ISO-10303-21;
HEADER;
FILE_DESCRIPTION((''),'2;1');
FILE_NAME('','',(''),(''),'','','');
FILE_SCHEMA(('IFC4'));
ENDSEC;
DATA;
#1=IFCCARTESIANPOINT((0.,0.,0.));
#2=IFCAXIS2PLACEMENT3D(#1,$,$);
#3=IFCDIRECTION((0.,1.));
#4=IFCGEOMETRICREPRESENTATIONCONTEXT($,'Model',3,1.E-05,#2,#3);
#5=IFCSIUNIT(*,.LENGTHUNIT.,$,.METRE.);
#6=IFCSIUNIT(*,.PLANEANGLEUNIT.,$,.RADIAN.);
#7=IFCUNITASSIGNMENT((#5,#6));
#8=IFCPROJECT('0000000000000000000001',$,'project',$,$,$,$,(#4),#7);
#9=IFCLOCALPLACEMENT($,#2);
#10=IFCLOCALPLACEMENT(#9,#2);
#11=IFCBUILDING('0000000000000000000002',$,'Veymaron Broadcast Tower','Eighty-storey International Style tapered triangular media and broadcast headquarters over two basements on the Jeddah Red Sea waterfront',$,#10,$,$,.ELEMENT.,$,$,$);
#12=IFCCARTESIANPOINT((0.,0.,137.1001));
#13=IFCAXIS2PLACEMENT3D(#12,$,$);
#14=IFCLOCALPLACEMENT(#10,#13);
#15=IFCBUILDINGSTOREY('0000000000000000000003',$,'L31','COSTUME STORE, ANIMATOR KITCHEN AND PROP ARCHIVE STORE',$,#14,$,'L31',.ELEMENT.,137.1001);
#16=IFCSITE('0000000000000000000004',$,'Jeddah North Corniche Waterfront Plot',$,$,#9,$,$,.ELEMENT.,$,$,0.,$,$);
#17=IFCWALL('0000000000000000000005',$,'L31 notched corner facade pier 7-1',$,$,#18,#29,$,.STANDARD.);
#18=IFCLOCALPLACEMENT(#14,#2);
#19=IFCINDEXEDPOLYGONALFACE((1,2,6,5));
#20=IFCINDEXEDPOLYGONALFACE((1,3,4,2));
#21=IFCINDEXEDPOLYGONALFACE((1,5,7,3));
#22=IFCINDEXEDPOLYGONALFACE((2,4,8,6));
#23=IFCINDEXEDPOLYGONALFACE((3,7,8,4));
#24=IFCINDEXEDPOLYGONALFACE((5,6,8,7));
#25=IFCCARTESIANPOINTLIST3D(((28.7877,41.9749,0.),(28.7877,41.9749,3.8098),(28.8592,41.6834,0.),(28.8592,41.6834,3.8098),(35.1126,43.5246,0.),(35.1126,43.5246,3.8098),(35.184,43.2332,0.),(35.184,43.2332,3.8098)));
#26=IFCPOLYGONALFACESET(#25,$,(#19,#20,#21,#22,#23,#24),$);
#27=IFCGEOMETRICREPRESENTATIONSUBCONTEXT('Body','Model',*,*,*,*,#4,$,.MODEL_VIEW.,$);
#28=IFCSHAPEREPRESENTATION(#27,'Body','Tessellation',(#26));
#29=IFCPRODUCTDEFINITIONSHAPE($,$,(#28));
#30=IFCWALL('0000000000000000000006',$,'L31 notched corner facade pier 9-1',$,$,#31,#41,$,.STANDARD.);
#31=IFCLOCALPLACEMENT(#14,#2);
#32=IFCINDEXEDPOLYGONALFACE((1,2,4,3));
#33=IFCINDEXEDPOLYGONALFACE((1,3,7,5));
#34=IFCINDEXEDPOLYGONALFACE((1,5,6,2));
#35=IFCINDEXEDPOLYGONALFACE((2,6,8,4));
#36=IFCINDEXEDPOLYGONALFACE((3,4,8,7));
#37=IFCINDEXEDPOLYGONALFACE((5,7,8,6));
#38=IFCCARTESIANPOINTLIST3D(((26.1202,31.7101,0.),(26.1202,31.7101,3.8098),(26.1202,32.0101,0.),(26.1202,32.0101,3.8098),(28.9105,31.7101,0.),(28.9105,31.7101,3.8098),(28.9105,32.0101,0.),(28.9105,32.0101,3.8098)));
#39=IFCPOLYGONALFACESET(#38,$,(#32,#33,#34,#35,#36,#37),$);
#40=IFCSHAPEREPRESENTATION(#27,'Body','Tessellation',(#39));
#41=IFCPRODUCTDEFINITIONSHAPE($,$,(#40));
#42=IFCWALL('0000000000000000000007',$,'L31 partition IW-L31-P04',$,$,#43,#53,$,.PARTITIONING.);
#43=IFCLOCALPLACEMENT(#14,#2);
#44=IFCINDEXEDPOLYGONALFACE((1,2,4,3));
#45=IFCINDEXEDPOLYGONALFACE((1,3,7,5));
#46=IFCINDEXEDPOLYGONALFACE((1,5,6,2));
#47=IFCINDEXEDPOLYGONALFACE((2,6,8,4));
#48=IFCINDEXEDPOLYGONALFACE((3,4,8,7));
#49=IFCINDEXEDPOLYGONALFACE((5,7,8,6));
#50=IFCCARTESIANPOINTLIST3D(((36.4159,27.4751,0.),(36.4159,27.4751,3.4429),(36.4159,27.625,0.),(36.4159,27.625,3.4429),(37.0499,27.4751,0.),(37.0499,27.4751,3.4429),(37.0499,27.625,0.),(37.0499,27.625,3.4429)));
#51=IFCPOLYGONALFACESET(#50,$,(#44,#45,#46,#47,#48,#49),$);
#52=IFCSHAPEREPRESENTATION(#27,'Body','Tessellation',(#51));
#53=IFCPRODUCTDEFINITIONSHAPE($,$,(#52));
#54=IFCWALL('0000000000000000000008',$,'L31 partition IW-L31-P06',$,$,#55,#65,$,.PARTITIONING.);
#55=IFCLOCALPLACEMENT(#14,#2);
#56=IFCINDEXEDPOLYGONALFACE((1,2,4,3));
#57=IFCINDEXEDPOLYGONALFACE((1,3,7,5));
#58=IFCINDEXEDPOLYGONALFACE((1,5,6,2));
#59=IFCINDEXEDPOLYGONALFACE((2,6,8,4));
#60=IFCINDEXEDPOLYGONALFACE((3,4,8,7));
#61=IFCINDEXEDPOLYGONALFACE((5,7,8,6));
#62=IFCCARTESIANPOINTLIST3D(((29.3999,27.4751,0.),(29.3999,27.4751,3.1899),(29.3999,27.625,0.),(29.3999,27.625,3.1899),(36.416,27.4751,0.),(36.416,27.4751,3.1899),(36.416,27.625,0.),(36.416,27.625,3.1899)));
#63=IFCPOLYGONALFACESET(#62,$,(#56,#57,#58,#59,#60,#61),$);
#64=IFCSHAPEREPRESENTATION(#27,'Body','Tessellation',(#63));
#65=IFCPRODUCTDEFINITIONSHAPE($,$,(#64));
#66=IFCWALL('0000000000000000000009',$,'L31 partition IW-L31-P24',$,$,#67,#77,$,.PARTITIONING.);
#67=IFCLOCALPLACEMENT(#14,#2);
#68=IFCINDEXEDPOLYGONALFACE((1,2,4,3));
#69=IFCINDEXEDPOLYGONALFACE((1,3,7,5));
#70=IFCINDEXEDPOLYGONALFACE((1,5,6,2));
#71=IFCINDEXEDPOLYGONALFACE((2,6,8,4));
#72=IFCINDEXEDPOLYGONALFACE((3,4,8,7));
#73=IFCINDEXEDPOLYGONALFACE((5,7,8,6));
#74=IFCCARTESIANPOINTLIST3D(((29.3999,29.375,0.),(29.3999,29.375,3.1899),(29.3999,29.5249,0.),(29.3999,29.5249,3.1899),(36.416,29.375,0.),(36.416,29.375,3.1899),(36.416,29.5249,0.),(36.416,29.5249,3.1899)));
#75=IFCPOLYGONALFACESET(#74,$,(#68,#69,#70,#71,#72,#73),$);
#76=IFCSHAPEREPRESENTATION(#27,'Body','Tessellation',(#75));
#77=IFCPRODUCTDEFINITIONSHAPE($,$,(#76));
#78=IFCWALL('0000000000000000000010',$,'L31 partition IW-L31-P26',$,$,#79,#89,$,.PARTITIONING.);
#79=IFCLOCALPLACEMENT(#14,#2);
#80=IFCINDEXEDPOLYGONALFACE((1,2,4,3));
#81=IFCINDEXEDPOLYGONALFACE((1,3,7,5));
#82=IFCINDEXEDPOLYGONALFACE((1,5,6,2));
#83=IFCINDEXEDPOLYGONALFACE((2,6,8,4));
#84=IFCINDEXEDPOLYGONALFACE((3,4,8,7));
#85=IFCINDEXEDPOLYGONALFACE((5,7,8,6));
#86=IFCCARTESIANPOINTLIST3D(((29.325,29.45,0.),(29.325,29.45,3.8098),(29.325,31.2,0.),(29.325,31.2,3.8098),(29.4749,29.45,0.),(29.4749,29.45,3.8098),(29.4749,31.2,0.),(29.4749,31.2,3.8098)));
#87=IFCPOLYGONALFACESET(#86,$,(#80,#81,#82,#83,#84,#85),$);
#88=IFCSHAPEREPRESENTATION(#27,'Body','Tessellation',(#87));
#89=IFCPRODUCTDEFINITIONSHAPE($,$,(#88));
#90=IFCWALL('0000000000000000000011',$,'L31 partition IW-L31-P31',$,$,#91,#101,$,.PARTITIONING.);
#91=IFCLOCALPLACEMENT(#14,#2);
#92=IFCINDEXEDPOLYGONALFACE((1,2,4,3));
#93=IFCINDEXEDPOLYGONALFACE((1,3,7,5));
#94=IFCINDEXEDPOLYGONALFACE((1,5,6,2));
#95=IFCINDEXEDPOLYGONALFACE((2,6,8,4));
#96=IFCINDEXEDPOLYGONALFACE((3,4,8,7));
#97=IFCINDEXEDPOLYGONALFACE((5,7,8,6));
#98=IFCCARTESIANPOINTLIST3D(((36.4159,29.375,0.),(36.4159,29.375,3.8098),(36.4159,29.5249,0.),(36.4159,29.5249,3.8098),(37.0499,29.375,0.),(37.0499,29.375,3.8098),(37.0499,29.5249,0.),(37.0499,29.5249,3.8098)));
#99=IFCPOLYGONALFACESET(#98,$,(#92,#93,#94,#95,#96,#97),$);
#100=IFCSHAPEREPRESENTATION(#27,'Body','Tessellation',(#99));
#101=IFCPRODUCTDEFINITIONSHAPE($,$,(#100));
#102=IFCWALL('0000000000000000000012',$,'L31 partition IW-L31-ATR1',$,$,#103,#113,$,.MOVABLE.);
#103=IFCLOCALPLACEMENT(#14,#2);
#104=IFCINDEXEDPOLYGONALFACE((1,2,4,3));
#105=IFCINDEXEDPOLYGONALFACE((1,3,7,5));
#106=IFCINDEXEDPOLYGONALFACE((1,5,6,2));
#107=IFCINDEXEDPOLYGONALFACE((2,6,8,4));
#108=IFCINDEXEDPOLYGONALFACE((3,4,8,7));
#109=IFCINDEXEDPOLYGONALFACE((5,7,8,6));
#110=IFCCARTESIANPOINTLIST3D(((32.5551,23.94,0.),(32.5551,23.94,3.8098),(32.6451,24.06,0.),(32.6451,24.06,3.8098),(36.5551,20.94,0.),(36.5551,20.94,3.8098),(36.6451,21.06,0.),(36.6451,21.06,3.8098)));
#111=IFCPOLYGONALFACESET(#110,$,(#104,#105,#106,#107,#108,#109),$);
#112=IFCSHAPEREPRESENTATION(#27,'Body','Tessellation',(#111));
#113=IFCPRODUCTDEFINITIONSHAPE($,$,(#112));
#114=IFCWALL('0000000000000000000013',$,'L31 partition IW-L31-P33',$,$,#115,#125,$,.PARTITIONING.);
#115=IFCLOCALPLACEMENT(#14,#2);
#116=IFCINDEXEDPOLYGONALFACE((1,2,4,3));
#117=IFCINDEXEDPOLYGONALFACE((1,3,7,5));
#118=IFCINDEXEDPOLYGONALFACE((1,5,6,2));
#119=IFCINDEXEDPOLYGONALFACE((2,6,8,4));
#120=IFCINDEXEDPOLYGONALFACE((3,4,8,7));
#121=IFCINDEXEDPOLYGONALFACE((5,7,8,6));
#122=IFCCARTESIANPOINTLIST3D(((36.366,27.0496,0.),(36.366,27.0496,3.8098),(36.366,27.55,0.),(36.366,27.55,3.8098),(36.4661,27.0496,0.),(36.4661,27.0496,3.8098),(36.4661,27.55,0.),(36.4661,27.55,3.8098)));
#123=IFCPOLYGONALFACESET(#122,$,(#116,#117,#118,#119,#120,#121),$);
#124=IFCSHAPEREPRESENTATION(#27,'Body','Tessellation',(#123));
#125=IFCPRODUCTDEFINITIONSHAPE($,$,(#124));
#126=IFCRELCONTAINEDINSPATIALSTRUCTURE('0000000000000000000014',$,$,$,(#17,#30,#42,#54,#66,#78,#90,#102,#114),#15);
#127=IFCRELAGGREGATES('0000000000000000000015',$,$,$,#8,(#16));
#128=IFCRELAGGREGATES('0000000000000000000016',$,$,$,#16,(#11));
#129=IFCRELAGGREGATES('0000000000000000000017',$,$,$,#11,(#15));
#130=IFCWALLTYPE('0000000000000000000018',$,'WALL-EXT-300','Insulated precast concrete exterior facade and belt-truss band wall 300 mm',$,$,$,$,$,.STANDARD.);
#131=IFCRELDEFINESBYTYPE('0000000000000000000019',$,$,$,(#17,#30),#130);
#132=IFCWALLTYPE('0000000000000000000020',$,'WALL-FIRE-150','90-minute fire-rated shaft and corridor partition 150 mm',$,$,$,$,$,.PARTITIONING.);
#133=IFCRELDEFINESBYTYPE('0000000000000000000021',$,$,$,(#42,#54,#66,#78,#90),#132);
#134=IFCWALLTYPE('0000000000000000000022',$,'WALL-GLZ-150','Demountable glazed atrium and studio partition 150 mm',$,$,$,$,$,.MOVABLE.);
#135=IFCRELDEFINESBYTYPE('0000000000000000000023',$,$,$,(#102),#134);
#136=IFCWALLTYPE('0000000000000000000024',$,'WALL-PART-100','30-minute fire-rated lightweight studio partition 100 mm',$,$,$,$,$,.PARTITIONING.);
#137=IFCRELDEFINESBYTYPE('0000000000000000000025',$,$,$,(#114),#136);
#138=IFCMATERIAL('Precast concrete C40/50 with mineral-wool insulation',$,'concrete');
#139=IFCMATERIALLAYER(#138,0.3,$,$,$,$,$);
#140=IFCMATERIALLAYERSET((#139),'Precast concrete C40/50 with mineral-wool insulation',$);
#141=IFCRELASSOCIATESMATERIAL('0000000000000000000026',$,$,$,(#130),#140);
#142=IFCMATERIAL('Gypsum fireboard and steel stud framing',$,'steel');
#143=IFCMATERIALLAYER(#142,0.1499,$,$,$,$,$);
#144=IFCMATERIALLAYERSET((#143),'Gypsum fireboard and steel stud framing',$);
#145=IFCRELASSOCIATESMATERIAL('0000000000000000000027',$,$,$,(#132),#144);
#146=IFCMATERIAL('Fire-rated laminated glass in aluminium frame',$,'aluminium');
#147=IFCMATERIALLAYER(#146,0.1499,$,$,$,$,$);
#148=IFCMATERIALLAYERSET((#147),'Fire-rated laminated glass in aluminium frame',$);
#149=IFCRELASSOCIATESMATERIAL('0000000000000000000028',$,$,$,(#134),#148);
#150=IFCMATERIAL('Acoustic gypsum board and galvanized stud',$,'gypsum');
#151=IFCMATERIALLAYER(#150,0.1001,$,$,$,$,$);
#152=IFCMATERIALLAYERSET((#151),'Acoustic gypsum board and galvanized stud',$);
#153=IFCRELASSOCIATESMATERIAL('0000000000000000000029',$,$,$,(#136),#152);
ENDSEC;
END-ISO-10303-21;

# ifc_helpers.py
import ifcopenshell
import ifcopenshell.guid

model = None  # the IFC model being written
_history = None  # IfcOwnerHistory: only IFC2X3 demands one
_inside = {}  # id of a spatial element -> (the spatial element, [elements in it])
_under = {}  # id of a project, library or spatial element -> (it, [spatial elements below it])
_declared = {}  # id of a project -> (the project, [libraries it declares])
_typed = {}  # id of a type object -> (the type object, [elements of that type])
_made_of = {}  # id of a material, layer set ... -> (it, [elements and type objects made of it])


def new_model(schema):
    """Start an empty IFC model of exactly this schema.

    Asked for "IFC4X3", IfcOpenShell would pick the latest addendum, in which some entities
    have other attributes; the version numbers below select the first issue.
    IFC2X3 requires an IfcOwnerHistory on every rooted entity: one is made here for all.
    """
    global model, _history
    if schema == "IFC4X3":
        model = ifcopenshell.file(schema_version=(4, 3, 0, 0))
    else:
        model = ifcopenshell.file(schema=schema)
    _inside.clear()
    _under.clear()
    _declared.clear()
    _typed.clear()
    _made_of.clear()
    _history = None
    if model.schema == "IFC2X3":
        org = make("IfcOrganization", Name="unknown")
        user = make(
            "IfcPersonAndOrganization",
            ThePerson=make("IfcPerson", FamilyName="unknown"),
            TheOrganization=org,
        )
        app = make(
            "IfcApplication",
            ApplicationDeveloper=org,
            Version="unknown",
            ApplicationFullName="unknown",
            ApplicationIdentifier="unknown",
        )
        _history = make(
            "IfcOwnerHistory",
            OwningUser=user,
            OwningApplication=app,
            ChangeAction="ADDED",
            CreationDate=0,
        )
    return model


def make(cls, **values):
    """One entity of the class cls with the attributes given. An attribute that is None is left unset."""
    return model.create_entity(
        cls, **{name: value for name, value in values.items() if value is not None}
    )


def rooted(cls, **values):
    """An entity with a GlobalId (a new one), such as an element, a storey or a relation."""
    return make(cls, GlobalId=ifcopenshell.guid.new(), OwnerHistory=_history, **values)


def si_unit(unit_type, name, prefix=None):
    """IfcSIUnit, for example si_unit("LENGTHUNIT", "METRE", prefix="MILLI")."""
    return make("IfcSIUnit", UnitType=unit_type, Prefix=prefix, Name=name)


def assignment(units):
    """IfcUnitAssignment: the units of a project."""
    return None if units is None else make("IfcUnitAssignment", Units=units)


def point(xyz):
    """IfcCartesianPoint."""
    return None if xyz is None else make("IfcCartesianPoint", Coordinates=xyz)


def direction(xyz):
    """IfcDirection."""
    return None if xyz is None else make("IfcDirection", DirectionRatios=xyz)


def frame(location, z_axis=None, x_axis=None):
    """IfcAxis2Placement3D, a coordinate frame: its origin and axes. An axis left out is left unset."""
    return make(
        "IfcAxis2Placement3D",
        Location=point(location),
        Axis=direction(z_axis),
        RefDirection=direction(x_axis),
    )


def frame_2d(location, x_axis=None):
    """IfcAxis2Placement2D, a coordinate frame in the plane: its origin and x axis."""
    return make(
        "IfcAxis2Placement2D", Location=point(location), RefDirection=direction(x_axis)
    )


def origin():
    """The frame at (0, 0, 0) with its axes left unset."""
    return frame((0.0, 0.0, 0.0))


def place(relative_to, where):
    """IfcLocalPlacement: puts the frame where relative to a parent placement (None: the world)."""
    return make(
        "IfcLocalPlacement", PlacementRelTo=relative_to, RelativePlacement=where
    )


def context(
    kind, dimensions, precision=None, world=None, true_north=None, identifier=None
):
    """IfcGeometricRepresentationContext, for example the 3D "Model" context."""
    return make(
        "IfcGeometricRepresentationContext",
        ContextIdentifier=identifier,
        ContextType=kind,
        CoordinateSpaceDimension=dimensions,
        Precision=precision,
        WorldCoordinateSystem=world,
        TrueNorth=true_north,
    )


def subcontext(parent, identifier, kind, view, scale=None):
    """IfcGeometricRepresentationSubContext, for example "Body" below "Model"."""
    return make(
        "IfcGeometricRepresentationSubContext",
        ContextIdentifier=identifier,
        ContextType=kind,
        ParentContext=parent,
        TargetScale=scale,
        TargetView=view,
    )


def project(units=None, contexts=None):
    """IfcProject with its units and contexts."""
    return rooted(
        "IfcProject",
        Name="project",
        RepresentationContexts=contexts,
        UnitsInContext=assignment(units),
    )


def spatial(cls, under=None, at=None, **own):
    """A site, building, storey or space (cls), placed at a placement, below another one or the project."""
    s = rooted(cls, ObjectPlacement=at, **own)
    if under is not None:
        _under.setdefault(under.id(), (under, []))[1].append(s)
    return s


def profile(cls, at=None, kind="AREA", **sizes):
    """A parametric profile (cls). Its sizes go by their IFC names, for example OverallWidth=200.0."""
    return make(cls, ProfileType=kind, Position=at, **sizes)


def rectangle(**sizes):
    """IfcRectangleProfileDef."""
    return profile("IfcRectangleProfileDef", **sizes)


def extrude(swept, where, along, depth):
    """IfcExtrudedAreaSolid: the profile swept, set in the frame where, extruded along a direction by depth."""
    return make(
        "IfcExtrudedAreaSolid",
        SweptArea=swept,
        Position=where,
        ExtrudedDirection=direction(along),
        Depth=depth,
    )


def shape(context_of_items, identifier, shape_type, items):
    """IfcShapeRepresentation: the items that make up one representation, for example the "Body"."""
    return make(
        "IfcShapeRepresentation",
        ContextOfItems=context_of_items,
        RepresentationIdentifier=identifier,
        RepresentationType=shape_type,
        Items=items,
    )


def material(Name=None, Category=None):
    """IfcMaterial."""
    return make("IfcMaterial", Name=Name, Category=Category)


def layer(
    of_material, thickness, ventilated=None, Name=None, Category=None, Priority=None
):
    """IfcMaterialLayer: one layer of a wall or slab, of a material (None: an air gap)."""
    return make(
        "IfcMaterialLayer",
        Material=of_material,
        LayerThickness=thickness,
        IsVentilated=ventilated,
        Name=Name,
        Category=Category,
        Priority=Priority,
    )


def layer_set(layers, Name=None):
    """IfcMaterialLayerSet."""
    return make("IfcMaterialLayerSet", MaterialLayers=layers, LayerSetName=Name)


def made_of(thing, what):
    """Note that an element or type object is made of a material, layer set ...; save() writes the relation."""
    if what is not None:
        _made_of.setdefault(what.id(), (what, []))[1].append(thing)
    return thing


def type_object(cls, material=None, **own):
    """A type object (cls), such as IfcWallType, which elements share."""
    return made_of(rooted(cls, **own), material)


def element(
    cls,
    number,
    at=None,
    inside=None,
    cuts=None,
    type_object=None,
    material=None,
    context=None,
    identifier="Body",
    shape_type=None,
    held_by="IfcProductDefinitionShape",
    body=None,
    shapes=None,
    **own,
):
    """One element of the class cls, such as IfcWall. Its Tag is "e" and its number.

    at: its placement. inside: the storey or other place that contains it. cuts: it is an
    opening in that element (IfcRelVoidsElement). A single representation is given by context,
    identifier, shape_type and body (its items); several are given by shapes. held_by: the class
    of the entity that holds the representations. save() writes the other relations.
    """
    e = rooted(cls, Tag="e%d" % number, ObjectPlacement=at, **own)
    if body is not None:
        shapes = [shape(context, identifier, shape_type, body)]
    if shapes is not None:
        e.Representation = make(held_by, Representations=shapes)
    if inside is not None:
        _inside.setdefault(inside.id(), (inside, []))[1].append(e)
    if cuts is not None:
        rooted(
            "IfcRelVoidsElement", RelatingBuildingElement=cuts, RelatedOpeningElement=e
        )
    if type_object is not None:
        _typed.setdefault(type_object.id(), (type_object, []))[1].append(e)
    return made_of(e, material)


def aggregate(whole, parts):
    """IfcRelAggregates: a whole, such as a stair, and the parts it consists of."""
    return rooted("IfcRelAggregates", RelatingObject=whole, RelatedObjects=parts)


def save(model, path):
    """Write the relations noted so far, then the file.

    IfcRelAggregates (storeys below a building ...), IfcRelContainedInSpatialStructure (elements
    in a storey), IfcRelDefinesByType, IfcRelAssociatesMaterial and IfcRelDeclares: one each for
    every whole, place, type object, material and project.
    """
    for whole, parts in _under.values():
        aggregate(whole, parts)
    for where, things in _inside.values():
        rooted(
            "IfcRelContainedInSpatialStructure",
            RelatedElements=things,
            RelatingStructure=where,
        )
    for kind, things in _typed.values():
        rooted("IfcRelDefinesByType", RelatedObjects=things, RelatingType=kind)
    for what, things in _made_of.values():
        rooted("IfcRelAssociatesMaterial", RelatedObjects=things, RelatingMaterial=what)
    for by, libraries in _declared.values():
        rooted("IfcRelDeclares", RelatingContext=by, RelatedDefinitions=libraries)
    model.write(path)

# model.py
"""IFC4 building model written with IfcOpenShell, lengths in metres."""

from ifc_helpers import new_model, si_unit, direction, frame, frame_2d, origin, place, context, subcontext, project, spatial, rectangle, extrude, material, layer, layer_set, type_object, element, save


model = new_model("IFC4")

# Units and contexts
model_context = context("Model", 3, precision=1e-05, world=origin(), true_north=direction((0.0, 1.0)))
body_context = subcontext(model_context, "Body", "Model", "MODEL_VIEW")
ifc_project = project(units=[si_unit("LENGTHUNIT", "METRE"), si_unit("PLANEANGLEUNIT", "RADIAN")], contexts=[model_context])

# Site, building, storey
site_placement = place(None, origin())
site = spatial("IfcSite", under=ifc_project, at=site_placement, Name="Jeddah North Corniche Waterfront Plot", CompositionType="ELEMENT", RefElevation=0.0)
building_placement = place(site_placement, origin())
building = spatial("IfcBuilding", under=site, at=building_placement, Name="Veymaron Broadcast Tower", Description="Eighty-storey International Style tapered triangular media and broadcast headquarters over two basements on the Jeddah Red Sea waterfront", CompositionType="ELEMENT")
storey_placement = place(building_placement, frame((0.0, 0.0, 137.1001)))
storey = spatial("IfcBuildingStorey", under=building, at=storey_placement, Name="L31", Description="COSTUME STORE, ANIMATOR KITCHEN AND PROP ARCHIVE STORE", LongName="L31", CompositionType="ELEMENT", Elevation=137.1001)

# Walls
ifc_material_1 = material(Name="Precast concrete C40/50 with mineral-wool insulation", Category="concrete")
ifc_layer_1 = layer(ifc_material_1, 0.3)
ifc_layer_set_1 = layer_set([ifc_layer_1], Name="Precast concrete C40/50 with mineral-wool insulation")
wall_type_1 = type_object("IfcWallType", Name="WALL-EXT-300", Description="Insulated precast concrete exterior facade and belt-truss band wall 300 mm", PredefinedType="STANDARD", material=ifc_layer_set_1)
wall_1_placement = place(storey_placement, frame((35.1482, 43.3789, 0.0), z_axis=(0.0, 0.0, 1.0), x_axis=(-0.971268, -0.23799, 0.0)))
element("IfcWall", 1, at=wall_1_placement, inside=storey, type_object=wall_type_1, Name="L31 notched corner facade pier 7-1", PredefinedType="STANDARD", context=body_context, shape_type="SweptSolid", body=[
    extrude(rectangle(XDim=6.512, YDim=0.3, at=frame_2d((3.2559, 0.0))), origin(), (0.0, 0.0, 1.0), 3.8098),
])
wall_2_placement = place(storey_placement, frame((28.9104, 31.8601, 0.0), z_axis=(0.0, 0.0, 1.0), x_axis=(-1.0, 0.0, 0.0)))
element("IfcWall", 2, at=wall_2_placement, inside=storey, type_object=wall_type_1, Name="L31 notched corner facade pier 9-1", PredefinedType="STANDARD", context=body_context, shape_type="SweptSolid", body=[
    extrude(rectangle(XDim=2.7903, YDim=0.3, at=frame_2d((1.395, 0.0))), origin(), (0.0, 0.0, 1.0), 3.8098),
])
ifc_material_2 = material(Name="Gypsum fireboard and steel stud framing", Category="steel")
ifc_layer_2 = layer(ifc_material_2, 0.1499)
ifc_layer_set_2 = layer_set([ifc_layer_2], Name="Gypsum fireboard and steel stud framing")
wall_type_2 = type_object("IfcWallType", Name="WALL-FIRE-150", Description="90-minute fire-rated shaft and corridor partition 150 mm", PredefinedType="PARTITIONING", material=ifc_layer_set_2)
wall_3_placement = place(storey_placement, frame((36.416, 27.55, 0.0), z_axis=(0.0, 0.0, 1.0), x_axis=(1.0, 0.0, 0.0)))
element("IfcWall", 3, at=wall_3_placement, inside=storey, type_object=wall_type_2, Name="L31 partition IW-L31-P04", PredefinedType="PARTITIONING", context=body_context, shape_type="SweptSolid", body=[
    extrude(rectangle(XDim=0.634, YDim=0.1499, at=frame_2d((0.3169, 0.0))), origin(), (0.0, 0.0, 1.0), 3.4429),
])
for number, where, z_axis, x_axis, name in (
    (4, (29.3999, 27.55, 0.0), (0.0, 0.0, 1.0), (1.0, 0.0, 0.0), "L31 partition IW-L31-P06"),
    (5, (29.3999, 29.45, 0.0), (0.0, 0.0, 1.0), (1.0, 0.0, 0.0), "L31 partition IW-L31-P24"),
):
    element("IfcWall", number, at=place(storey_placement, frame(where, z_axis=z_axis, x_axis=x_axis)), inside=storey, type_object=wall_type_2, Name=name, PredefinedType="PARTITIONING", context=body_context, shape_type="SweptSolid", body=[
        extrude(rectangle(XDim=7.0161, YDim=0.1499, at=frame_2d((3.5081, 0.0))), origin(), (0.0, 0.0, 1.0), 3.1899),
    ])
wall_4_placement = place(storey_placement, frame((29.3999, 29.45, 0.0), z_axis=(0.0, 0.0, 1.0), x_axis=(0.0, 1.0, 0.0)))
element("IfcWall", 6, at=wall_4_placement, inside=storey, type_object=wall_type_2, Name="L31 partition IW-L31-P26", PredefinedType="PARTITIONING", context=body_context, shape_type="SweptSolid", body=[
    extrude(rectangle(XDim=1.75, YDim=0.1499, at=frame_2d((0.875, 0.0))), origin(), (0.0, 0.0, 1.0), 3.8098),
])
wall_5_placement = place(storey_placement, frame((36.416, 29.45, 0.0), z_axis=(0.0, 0.0, 1.0), x_axis=(1.0, 0.0, 0.0)))
element("IfcWall", 7, at=wall_5_placement, inside=storey, type_object=wall_type_2, Name="L31 partition IW-L31-P31", PredefinedType="PARTITIONING", context=body_context, shape_type="SweptSolid", body=[
    extrude(rectangle(XDim=0.634, YDim=0.1499, at=frame_2d((0.3169, 0.0))), origin(), (0.0, 0.0, 1.0), 3.8098),
])
ifc_material_3 = material(Name="Fire-rated laminated glass in aluminium frame", Category="aluminium")
ifc_layer_3 = layer(ifc_material_3, 0.1499)
ifc_layer_set_3 = layer_set([ifc_layer_3], Name="Fire-rated laminated glass in aluminium frame")
wall_type_3 = type_object("IfcWallType", Name="WALL-GLZ-150", Description="Demountable glazed atrium and studio partition 150 mm", PredefinedType="MOVABLE", material=ifc_layer_set_3)
wall_6_placement = place(storey_placement, frame((32.6001, 24.0, 0.0), z_axis=(0.0, 0.0, 1.0), x_axis=(0.8, -0.6, 0.0)))
element("IfcWall", 8, at=wall_6_placement, inside=storey, type_object=wall_type_3, Name="L31 partition IW-L31-ATR1", PredefinedType="MOVABLE", context=body_context, shape_type="SweptSolid", body=[
    extrude(rectangle(XDim=5.0, YDim=0.1499, at=frame_2d((2.5, 0.0))), origin(), (0.0, 0.0, 1.0), 3.8098),
])
ifc_material_4 = material(Name="Acoustic gypsum board and galvanized stud", Category="gypsum")
ifc_layer_4 = layer(ifc_material_4, 0.1001)
ifc_layer_set_4 = layer_set([ifc_layer_4], Name="Acoustic gypsum board and galvanized stud")
wall_type_4 = type_object("IfcWallType", Name="WALL-PART-100", Description="30-minute fire-rated lightweight studio partition 100 mm", PredefinedType="PARTITIONING", material=ifc_layer_set_4)
wall_7_placement = place(storey_placement, frame((36.416, 27.0496, 0.0), z_axis=(0.0, 0.0, 1.0), x_axis=(0.0, 1.0, 0.0)))
element("IfcWall", 9, at=wall_7_placement, inside=storey, type_object=wall_type_4, Name="L31 partition IW-L31-P33", PredefinedType="PARTITIONING", context=body_context, shape_type="SweptSolid", body=[
    extrude(rectangle(XDim=0.5005, YDim=0.1001, at=frame_2d((0.2502, 0.0))), origin(), (0.0, 0.0, 1.0), 3.8098),
])

save(model, "model.ifc")
